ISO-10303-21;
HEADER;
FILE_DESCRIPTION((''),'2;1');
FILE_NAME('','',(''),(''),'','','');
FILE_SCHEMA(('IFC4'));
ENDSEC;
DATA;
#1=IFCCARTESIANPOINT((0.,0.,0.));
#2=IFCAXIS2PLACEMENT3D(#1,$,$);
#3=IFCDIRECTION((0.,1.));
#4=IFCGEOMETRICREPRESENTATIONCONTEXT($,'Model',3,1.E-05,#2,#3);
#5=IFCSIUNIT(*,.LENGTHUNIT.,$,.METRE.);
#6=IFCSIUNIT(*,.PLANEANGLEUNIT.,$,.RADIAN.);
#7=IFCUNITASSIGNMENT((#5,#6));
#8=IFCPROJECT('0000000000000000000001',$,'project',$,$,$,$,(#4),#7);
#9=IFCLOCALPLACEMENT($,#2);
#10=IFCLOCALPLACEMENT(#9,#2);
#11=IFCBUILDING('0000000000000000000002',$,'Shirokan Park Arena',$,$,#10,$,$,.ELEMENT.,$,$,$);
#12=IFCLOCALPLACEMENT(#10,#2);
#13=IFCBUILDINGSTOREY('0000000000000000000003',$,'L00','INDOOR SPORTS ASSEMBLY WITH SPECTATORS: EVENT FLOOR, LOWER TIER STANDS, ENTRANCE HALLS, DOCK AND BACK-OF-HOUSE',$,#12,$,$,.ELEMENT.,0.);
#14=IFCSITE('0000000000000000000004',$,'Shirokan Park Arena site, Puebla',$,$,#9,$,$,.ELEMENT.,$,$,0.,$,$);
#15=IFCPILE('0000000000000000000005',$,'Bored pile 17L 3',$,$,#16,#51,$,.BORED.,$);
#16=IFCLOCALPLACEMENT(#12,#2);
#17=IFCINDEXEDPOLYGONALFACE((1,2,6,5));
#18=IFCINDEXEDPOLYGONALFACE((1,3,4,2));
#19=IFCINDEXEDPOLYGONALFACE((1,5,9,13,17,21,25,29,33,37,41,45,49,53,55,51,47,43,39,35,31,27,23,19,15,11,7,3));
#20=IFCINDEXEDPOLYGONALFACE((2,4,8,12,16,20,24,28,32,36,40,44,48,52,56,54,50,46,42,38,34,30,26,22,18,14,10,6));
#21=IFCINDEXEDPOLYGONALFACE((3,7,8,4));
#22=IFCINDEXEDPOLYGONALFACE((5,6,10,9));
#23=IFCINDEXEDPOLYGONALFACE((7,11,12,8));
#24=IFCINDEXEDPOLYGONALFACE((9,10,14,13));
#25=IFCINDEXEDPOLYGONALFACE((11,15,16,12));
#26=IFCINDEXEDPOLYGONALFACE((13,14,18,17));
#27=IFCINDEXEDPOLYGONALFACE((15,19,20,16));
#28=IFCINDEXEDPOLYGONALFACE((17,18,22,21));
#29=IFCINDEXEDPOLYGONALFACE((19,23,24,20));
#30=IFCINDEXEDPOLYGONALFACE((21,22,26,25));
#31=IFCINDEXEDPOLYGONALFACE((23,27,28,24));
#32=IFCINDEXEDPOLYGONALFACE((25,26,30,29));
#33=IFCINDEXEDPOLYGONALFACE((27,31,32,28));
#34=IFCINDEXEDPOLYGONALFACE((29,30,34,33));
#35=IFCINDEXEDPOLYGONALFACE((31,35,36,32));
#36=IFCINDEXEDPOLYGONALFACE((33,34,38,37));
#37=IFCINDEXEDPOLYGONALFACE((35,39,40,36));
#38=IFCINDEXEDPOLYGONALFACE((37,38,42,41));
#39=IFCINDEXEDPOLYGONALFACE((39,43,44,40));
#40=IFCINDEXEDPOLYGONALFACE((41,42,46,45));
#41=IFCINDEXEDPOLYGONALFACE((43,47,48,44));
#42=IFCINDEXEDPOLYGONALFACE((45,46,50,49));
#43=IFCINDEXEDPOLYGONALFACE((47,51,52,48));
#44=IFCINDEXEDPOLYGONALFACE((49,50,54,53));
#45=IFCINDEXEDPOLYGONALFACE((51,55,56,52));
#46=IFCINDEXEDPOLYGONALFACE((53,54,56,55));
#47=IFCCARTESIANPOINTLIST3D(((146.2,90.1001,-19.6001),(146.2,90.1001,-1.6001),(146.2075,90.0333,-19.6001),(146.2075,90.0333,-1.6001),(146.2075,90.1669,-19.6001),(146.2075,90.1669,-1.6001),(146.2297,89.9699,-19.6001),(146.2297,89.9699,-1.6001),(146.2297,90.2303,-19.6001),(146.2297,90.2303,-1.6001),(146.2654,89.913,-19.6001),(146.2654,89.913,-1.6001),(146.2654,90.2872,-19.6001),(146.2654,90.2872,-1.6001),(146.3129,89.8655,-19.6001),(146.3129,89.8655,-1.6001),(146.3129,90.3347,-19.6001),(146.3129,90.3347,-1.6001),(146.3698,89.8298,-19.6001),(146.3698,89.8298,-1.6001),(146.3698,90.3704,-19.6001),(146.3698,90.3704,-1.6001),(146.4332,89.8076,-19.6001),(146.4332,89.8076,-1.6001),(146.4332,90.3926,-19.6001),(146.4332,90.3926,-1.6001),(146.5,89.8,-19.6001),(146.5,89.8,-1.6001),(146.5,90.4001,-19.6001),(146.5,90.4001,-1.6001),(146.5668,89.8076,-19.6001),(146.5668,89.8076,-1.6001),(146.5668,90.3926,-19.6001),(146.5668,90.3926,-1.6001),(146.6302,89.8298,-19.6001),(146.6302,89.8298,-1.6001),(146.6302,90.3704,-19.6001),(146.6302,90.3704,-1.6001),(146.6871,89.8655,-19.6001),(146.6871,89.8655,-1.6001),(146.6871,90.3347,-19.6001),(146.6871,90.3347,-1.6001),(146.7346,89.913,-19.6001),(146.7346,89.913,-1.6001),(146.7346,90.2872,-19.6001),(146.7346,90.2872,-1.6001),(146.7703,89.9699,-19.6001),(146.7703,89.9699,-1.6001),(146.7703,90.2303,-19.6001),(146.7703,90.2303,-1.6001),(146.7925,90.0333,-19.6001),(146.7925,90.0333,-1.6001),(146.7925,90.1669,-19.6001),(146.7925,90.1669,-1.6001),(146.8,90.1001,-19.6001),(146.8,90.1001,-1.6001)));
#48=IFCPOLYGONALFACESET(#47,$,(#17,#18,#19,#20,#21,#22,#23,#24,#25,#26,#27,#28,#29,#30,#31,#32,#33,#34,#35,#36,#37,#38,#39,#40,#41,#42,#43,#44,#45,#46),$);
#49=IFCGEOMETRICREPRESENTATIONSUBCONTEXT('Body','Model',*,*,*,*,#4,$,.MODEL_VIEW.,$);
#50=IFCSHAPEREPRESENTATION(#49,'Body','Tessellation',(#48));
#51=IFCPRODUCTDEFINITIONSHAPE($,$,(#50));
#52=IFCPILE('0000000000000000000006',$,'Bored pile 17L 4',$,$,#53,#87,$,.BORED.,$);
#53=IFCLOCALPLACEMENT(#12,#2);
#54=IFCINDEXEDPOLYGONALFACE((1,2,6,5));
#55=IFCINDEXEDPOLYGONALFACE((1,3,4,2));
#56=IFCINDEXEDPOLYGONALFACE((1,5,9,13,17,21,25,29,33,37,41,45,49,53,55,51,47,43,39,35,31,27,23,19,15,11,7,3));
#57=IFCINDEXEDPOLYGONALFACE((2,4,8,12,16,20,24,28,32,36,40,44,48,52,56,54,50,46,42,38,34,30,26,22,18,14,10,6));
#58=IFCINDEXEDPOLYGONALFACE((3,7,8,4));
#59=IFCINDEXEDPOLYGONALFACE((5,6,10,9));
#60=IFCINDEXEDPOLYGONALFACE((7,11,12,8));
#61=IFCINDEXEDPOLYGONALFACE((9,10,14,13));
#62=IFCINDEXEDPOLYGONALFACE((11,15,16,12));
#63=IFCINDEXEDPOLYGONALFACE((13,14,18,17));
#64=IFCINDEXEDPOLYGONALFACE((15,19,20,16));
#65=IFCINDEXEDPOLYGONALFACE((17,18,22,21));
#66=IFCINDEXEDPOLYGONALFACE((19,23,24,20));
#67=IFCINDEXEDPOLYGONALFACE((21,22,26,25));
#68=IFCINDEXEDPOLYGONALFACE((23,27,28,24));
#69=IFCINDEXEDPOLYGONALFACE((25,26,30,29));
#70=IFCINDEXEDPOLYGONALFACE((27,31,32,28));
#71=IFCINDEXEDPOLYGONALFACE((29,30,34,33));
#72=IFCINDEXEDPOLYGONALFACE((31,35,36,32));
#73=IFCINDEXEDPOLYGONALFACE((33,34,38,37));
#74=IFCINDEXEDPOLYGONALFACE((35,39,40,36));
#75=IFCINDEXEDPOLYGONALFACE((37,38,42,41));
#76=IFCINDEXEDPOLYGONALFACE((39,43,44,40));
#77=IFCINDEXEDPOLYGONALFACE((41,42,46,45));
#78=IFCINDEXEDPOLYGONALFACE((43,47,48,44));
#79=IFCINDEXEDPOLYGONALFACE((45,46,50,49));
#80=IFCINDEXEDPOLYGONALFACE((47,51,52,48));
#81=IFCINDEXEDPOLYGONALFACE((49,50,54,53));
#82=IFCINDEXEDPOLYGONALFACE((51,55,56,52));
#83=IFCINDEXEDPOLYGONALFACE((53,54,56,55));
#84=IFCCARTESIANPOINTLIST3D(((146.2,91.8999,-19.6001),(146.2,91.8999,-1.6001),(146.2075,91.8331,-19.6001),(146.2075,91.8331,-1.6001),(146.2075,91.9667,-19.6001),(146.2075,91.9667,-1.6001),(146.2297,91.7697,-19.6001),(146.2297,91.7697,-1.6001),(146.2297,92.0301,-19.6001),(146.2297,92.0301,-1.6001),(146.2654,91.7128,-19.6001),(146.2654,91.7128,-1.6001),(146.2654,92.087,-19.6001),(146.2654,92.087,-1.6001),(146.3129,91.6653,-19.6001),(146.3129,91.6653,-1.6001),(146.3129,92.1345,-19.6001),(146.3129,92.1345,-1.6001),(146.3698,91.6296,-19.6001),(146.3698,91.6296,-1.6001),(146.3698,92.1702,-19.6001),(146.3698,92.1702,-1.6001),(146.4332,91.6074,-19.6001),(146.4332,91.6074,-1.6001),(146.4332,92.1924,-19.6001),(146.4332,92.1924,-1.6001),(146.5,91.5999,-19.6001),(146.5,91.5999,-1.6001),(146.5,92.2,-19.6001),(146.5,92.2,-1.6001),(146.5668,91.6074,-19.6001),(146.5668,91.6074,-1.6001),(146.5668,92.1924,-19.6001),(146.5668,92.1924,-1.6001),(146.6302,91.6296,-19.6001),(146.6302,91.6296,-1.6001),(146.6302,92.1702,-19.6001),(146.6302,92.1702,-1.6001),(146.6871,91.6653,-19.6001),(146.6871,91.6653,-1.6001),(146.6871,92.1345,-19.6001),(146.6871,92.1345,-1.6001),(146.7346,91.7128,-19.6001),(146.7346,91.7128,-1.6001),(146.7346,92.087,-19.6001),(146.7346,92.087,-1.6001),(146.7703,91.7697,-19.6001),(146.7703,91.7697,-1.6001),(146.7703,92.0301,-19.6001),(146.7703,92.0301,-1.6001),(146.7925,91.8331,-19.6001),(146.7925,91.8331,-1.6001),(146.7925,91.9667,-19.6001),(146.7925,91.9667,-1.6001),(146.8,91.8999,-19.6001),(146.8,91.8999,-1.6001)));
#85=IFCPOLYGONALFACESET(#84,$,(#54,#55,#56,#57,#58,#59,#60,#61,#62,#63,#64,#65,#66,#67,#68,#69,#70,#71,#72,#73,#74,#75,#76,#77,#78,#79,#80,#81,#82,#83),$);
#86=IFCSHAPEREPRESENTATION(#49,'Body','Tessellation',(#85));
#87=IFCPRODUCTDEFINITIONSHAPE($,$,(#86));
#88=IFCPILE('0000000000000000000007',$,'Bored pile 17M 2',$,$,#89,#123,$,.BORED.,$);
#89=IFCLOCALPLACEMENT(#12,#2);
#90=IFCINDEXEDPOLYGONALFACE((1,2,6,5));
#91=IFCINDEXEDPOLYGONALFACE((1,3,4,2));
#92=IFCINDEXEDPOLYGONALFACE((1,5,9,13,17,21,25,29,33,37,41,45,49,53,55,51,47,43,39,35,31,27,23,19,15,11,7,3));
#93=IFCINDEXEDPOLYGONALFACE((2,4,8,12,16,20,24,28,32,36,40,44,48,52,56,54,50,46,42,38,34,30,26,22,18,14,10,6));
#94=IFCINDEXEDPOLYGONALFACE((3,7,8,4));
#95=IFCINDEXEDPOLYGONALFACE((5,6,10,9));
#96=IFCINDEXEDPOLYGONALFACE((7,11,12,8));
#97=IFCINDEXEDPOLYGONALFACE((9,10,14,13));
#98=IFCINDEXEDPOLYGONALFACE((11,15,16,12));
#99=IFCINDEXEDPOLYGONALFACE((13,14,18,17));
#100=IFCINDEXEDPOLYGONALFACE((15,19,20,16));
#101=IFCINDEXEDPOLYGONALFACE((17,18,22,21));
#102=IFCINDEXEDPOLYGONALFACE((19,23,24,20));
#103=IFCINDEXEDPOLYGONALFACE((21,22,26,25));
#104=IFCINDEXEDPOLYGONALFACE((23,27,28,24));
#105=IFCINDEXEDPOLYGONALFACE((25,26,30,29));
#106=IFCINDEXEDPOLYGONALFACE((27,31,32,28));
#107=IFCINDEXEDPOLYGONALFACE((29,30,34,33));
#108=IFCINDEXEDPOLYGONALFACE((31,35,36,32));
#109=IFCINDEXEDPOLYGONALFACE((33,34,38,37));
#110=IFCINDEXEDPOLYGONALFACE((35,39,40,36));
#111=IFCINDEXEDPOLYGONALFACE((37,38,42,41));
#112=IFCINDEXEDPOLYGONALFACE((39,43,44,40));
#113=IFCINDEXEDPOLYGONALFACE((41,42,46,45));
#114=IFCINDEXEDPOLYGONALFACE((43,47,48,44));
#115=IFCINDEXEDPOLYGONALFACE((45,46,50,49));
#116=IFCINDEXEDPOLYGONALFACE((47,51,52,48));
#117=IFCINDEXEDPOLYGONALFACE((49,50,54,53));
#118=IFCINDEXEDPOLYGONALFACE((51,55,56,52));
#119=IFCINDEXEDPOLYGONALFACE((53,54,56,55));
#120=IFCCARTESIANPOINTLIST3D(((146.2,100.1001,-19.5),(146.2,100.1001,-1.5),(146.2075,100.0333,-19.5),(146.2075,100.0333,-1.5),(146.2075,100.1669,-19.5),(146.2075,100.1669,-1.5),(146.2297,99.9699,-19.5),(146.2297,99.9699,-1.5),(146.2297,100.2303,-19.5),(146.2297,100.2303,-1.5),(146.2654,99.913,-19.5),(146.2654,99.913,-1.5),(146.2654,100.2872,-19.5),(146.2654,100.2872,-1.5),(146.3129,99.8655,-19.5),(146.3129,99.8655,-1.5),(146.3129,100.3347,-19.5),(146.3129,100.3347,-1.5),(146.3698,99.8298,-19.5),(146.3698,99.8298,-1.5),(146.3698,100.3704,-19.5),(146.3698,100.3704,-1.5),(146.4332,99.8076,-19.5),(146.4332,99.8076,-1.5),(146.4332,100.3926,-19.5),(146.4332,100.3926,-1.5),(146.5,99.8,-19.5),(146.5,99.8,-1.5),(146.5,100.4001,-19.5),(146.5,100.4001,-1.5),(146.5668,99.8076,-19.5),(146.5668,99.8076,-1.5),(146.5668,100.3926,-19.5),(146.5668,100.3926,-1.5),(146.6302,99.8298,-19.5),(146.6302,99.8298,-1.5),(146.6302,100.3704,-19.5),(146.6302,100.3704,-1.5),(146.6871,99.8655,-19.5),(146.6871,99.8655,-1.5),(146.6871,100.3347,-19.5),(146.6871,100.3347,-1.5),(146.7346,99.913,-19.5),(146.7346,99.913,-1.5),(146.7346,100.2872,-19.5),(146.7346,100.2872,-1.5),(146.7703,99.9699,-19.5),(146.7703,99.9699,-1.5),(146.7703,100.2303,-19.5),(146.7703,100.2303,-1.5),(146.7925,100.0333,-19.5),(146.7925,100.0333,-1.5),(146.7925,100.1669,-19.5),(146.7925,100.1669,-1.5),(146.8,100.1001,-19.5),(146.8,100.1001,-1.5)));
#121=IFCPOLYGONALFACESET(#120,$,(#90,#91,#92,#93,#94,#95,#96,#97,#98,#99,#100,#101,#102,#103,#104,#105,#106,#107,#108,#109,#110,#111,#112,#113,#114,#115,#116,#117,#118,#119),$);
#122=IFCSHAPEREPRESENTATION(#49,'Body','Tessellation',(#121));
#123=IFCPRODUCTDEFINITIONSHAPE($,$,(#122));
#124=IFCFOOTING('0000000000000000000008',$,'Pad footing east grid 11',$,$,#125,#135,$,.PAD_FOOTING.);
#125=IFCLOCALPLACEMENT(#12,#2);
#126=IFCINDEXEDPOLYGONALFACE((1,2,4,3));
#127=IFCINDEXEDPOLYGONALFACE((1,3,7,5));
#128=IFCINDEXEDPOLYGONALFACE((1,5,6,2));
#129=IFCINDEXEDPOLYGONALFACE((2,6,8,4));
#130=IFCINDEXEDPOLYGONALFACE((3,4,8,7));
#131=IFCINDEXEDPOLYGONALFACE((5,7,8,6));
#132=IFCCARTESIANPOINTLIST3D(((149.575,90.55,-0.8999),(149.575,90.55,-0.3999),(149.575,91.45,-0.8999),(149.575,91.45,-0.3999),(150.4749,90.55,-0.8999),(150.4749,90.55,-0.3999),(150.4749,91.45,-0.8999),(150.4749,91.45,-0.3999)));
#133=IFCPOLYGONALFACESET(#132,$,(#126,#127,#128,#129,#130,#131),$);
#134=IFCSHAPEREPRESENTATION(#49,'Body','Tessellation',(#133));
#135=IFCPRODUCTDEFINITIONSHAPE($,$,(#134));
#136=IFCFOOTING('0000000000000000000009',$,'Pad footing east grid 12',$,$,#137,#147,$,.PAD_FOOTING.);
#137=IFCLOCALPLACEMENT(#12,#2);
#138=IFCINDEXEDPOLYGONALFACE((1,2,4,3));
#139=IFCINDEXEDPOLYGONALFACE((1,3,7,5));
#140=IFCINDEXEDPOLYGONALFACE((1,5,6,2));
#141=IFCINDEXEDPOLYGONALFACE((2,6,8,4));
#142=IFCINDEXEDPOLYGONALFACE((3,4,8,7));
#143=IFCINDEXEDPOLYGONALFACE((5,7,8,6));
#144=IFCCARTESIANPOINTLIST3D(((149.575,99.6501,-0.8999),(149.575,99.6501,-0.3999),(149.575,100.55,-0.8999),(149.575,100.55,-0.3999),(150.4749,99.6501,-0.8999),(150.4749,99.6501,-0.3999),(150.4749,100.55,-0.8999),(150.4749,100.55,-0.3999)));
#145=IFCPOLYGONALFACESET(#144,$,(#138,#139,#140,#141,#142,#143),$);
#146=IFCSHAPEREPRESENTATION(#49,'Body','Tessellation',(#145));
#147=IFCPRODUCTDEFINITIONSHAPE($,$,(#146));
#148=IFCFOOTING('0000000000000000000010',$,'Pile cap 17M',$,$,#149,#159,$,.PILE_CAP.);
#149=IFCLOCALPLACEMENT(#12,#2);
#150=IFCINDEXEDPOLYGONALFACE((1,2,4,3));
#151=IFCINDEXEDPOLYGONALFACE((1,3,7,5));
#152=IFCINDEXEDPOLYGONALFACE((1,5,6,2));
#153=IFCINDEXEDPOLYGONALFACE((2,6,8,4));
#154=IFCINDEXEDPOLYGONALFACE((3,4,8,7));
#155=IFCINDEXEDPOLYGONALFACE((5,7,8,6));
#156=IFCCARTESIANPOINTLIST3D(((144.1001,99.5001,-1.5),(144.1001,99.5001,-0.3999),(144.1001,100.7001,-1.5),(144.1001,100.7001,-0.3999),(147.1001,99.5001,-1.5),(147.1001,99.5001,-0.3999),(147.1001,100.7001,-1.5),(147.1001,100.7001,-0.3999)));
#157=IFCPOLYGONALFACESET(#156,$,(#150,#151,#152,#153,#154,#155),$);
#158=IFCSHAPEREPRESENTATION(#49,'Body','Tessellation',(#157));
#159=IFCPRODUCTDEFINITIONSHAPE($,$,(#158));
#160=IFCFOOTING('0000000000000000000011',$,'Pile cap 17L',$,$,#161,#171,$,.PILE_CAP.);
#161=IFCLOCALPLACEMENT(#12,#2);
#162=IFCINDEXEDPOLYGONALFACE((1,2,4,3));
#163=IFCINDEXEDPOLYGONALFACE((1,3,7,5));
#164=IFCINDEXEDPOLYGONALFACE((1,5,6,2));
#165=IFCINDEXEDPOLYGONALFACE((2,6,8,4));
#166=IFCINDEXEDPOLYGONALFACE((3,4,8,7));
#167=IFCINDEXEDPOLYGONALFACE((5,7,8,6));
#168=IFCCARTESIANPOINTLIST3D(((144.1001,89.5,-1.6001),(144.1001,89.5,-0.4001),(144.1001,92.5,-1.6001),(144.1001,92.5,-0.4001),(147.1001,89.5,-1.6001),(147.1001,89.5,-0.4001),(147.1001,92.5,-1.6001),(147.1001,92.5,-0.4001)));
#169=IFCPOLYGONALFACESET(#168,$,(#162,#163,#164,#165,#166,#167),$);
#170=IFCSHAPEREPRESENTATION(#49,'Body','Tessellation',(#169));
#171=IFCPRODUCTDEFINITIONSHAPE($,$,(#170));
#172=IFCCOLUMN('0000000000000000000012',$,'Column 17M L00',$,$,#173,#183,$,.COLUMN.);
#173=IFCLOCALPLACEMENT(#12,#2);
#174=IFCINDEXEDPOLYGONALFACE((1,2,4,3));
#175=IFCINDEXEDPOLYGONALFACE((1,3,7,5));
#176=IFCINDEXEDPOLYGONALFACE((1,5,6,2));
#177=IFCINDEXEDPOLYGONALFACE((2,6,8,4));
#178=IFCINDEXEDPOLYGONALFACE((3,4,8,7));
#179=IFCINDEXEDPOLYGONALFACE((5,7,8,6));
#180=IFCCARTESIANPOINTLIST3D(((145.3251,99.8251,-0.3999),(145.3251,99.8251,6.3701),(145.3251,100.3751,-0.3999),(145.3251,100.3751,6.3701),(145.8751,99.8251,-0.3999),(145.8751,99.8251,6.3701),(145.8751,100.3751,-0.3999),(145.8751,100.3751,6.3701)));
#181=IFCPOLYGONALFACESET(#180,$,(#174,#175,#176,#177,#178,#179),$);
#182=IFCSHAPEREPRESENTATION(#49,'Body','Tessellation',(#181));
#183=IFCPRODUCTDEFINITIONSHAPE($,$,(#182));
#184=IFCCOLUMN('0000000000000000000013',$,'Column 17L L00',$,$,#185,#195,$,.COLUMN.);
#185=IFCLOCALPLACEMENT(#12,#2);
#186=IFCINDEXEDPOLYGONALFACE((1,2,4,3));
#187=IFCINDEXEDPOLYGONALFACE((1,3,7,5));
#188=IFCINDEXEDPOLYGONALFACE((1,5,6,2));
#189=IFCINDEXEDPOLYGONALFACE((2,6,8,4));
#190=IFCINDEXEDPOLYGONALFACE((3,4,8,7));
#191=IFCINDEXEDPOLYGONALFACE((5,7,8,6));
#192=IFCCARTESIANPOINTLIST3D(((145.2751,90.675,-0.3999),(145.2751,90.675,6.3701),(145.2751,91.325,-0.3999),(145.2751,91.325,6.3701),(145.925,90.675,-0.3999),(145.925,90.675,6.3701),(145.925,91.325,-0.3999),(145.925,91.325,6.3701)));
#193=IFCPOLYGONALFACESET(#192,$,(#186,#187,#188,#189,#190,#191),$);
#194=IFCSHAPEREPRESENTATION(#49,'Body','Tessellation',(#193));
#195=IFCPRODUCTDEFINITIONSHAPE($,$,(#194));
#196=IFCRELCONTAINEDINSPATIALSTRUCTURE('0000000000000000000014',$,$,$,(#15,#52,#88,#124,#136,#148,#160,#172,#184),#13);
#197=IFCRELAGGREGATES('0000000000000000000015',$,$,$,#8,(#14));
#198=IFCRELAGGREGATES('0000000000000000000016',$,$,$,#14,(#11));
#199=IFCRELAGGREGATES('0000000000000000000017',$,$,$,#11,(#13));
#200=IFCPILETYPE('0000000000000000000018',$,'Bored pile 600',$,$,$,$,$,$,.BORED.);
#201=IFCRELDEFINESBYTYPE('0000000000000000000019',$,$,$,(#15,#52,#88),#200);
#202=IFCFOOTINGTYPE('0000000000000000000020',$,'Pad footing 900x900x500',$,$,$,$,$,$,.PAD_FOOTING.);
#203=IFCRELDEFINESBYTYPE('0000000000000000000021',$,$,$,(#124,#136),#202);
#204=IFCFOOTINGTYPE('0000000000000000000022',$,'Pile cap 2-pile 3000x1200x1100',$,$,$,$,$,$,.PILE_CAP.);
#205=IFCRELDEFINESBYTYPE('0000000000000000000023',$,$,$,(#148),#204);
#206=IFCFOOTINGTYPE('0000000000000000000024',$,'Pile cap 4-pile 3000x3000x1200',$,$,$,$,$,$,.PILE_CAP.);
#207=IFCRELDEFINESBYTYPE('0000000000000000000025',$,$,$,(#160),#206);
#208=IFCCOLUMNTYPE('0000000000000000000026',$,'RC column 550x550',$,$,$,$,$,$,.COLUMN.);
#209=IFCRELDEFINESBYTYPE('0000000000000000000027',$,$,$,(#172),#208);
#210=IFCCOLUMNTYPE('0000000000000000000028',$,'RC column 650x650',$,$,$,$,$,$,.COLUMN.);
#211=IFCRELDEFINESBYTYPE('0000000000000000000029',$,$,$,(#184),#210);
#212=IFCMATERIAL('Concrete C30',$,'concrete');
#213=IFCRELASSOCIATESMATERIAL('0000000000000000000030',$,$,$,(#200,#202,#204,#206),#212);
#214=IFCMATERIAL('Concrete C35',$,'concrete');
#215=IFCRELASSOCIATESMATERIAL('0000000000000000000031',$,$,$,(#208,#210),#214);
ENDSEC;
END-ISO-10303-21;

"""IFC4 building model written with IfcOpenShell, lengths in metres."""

from ifc_helpers import new_model, si_unit, direction, frame, origin, origin_2d, place, context, subcontext, project, spatial, rectangle, circle, extrude, material, material_profile, profile_set, type_object, element, save


model = new_model("IFC4")

# Units and contexts
model_context = context("Model", 3, precision=1e-05, world=origin(), true_north=direction((0.0, 1.0)))
body_context = subcontext(model_context, "Body", "Model", "MODEL_VIEW")
ifc_project = project(units=[si_unit("LENGTHUNIT", "METRE"), si_unit("PLANEANGLEUNIT", "RADIAN")], contexts=[model_context])

# Site, building, storey
site_placement = place(None, origin())
site = spatial("IfcSite", under=ifc_project, at=site_placement, Name="Shirokan Park Arena site, Puebla", CompositionType="ELEMENT", RefElevation=0.0)
building_placement = place(site_placement, origin())
building = spatial("IfcBuilding", under=site, at=building_placement, Name="Shirokan Park Arena", CompositionType="ELEMENT")
storey_placement = place(building_placement, origin())
storey = spatial("IfcBuildingStorey", under=building, at=storey_placement, Name="L00", Description="INDOOR SPORTS ASSEMBLY WITH SPECTATORS: EVENT FLOOR, LOWER TIER STANDS, ENTRANCE HALLS, DOCK AND BACK-OF-HOUSE", CompositionType="ELEMENT", Elevation=0.0)

# Piles
ifc_material_1 = material(Name="Concrete C30", Category="concrete")
ifc_material_profile_1 = material_profile(ifc_material_1, circle(Radius=0.3, at=origin_2d()), Name="D600")
ifc_profile_set_1 = profile_set([ifc_material_profile_1], Name="Concrete C30")
pile_type = type_object("IfcPileType", Name="Bored pile 600", PredefinedType="BORED", material=ifc_profile_set_1)
for number, where, z_axis, x_axis, name in (
    (1, (146.5, 90.1001, -1.6001), (0.0, 0.0, -1.0), (1.0, 0.0, 0.0), "Bored pile 17L 3"),
    (2, (146.5, 91.8999, -1.6001), (0.0, 0.0, -1.0), (1.0, 0.0, 0.0), "Bored pile 17L 4"),
    (3, (146.5, 100.1001, -1.5), (0.0, 0.0, -1.0), (1.0, 0.0, 0.0), "Bored pile 17M 2"),
):
    element("IfcPile", number, at=place(storey_placement, frame(where, z_axis=z_axis, x_axis=x_axis)), inside=storey, type_object=pile_type, Name=name, PredefinedType="BORED", context=body_context, shape_type="SweptSolid", body=[
        extrude(circle(Radius=0.3, at=origin_2d()), origin(), (0.0, 0.0, 1.0), 18.0),
    ])

# Footings
footing_type_1 = type_object("IfcFootingType", Name="Pad footing 900x900x500", PredefinedType="PAD_FOOTING", material=ifc_material_1)
for number, where, z_axis, x_axis, name in (
    (4, (150.0249, 91.0, -0.8999), (0.0, 0.0, 1.0), (1.0, 0.0, 0.0), "Pad footing east grid 11"),
    (5, (150.0249, 100.1001, -0.8999), (0.0, 0.0, 1.0), (1.0, 0.0, 0.0), "Pad footing east grid 12"),
):
    element("IfcFooting", number, at=place(storey_placement, frame(where, z_axis=z_axis, x_axis=x_axis)), inside=storey, type_object=footing_type_1, Name=name, PredefinedType="PAD_FOOTING", context=body_context, shape_type="SweptSolid", body=[
        extrude(rectangle(XDim=0.8999, YDim=0.8999, at=origin_2d()), origin(), (0.0, 0.0, 1.0), 0.5),
    ])
footing_type_2 = type_object("IfcFootingType", Name="Pile cap 2-pile 3000x1200x1100", PredefinedType="PILE_CAP", material=ifc_material_1)
footing_1_placement = place(storey_placement, frame((145.6001, 100.1001, -1.5), z_axis=(0.0, 0.0, 1.0), x_axis=(1.0, 0.0, 0.0)))
element("IfcFooting", 6, at=footing_1_placement, inside=storey, type_object=footing_type_2, Name="Pile cap 17M", PredefinedType="PILE_CAP", context=body_context, shape_type="SweptSolid", body=[
    extrude(rectangle(XDim=3.0, YDim=1.2, at=origin_2d()), origin(), (0.0, 0.0, 1.0), 1.1001),
])
footing_type_3 = type_object("IfcFootingType", Name="Pile cap 4-pile 3000x3000x1200", PredefinedType="PILE_CAP", material=ifc_material_1)
footing_2_placement = place(storey_placement, frame((145.6001, 91.0, -1.6001), z_axis=(0.0, 0.0, 1.0), x_axis=(1.0, 0.0, 0.0)))
element("IfcFooting", 7, at=footing_2_placement, inside=storey, type_object=footing_type_3, Name="Pile cap 17L", PredefinedType="PILE_CAP", context=body_context, shape_type="SweptSolid", body=[
    extrude(rectangle(XDim=3.0, YDim=3.0, at=origin_2d()), origin(), (0.0, 0.0, 1.0), 1.2),
])

# Columns
ifc_material_2 = material(Name="Concrete C35", Category="concrete")
ifc_material_profile_2 = material_profile(ifc_material_2, rectangle(XDim=0.55, YDim=0.55, at=origin_2d()), Name="550x550")
ifc_profile_set_2 = profile_set([ifc_material_profile_2], Name="Concrete C35")
column_type_1 = type_object("IfcColumnType", Name="RC column 550x550", PredefinedType="COLUMN", material=ifc_profile_set_2)
column_1_placement = place(storey_placement, frame((145.6001, 100.1001, -0.3999), z_axis=(0.0, 0.0, 1.0), x_axis=(1.0, 0.0, 0.0)))
element("IfcColumn", 8, at=column_1_placement, inside=storey, type_object=column_type_1, Name="Column 17M L00", PredefinedType="COLUMN", context=body_context, shape_type="SweptSolid", body=[
    extrude(rectangle(XDim=0.55, YDim=0.55, at=origin_2d()), origin(), (0.0, 0.0, 1.0), 6.77),
])
ifc_material_profile_3 = material_profile(ifc_material_2, rectangle(XDim=0.6499, YDim=0.6499, at=origin_2d()), Name="650x650")
ifc_profile_set_3 = profile_set([ifc_material_profile_3], Name="Concrete C35")
column_type_2 = type_object("IfcColumnType", Name="RC column 650x650", PredefinedType="COLUMN", material=ifc_profile_set_3)
column_2_placement = place(storey_placement, frame((145.6001, 91.0, -0.3999), z_axis=(0.0, 0.0, 1.0), x_axis=(1.0, 0.0, 0.0)))
element("IfcColumn", 9, at=column_2_placement, inside=storey, type_object=column_type_2, Name="Column 17L L00", PredefinedType="COLUMN", context=body_context, shape_type="SweptSolid", body=[
    extrude(rectangle(XDim=0.6499, YDim=0.6499, at=origin_2d()), origin(), (0.0, 0.0, 1.0), 6.77),
])

save(model, "model.ifc")
